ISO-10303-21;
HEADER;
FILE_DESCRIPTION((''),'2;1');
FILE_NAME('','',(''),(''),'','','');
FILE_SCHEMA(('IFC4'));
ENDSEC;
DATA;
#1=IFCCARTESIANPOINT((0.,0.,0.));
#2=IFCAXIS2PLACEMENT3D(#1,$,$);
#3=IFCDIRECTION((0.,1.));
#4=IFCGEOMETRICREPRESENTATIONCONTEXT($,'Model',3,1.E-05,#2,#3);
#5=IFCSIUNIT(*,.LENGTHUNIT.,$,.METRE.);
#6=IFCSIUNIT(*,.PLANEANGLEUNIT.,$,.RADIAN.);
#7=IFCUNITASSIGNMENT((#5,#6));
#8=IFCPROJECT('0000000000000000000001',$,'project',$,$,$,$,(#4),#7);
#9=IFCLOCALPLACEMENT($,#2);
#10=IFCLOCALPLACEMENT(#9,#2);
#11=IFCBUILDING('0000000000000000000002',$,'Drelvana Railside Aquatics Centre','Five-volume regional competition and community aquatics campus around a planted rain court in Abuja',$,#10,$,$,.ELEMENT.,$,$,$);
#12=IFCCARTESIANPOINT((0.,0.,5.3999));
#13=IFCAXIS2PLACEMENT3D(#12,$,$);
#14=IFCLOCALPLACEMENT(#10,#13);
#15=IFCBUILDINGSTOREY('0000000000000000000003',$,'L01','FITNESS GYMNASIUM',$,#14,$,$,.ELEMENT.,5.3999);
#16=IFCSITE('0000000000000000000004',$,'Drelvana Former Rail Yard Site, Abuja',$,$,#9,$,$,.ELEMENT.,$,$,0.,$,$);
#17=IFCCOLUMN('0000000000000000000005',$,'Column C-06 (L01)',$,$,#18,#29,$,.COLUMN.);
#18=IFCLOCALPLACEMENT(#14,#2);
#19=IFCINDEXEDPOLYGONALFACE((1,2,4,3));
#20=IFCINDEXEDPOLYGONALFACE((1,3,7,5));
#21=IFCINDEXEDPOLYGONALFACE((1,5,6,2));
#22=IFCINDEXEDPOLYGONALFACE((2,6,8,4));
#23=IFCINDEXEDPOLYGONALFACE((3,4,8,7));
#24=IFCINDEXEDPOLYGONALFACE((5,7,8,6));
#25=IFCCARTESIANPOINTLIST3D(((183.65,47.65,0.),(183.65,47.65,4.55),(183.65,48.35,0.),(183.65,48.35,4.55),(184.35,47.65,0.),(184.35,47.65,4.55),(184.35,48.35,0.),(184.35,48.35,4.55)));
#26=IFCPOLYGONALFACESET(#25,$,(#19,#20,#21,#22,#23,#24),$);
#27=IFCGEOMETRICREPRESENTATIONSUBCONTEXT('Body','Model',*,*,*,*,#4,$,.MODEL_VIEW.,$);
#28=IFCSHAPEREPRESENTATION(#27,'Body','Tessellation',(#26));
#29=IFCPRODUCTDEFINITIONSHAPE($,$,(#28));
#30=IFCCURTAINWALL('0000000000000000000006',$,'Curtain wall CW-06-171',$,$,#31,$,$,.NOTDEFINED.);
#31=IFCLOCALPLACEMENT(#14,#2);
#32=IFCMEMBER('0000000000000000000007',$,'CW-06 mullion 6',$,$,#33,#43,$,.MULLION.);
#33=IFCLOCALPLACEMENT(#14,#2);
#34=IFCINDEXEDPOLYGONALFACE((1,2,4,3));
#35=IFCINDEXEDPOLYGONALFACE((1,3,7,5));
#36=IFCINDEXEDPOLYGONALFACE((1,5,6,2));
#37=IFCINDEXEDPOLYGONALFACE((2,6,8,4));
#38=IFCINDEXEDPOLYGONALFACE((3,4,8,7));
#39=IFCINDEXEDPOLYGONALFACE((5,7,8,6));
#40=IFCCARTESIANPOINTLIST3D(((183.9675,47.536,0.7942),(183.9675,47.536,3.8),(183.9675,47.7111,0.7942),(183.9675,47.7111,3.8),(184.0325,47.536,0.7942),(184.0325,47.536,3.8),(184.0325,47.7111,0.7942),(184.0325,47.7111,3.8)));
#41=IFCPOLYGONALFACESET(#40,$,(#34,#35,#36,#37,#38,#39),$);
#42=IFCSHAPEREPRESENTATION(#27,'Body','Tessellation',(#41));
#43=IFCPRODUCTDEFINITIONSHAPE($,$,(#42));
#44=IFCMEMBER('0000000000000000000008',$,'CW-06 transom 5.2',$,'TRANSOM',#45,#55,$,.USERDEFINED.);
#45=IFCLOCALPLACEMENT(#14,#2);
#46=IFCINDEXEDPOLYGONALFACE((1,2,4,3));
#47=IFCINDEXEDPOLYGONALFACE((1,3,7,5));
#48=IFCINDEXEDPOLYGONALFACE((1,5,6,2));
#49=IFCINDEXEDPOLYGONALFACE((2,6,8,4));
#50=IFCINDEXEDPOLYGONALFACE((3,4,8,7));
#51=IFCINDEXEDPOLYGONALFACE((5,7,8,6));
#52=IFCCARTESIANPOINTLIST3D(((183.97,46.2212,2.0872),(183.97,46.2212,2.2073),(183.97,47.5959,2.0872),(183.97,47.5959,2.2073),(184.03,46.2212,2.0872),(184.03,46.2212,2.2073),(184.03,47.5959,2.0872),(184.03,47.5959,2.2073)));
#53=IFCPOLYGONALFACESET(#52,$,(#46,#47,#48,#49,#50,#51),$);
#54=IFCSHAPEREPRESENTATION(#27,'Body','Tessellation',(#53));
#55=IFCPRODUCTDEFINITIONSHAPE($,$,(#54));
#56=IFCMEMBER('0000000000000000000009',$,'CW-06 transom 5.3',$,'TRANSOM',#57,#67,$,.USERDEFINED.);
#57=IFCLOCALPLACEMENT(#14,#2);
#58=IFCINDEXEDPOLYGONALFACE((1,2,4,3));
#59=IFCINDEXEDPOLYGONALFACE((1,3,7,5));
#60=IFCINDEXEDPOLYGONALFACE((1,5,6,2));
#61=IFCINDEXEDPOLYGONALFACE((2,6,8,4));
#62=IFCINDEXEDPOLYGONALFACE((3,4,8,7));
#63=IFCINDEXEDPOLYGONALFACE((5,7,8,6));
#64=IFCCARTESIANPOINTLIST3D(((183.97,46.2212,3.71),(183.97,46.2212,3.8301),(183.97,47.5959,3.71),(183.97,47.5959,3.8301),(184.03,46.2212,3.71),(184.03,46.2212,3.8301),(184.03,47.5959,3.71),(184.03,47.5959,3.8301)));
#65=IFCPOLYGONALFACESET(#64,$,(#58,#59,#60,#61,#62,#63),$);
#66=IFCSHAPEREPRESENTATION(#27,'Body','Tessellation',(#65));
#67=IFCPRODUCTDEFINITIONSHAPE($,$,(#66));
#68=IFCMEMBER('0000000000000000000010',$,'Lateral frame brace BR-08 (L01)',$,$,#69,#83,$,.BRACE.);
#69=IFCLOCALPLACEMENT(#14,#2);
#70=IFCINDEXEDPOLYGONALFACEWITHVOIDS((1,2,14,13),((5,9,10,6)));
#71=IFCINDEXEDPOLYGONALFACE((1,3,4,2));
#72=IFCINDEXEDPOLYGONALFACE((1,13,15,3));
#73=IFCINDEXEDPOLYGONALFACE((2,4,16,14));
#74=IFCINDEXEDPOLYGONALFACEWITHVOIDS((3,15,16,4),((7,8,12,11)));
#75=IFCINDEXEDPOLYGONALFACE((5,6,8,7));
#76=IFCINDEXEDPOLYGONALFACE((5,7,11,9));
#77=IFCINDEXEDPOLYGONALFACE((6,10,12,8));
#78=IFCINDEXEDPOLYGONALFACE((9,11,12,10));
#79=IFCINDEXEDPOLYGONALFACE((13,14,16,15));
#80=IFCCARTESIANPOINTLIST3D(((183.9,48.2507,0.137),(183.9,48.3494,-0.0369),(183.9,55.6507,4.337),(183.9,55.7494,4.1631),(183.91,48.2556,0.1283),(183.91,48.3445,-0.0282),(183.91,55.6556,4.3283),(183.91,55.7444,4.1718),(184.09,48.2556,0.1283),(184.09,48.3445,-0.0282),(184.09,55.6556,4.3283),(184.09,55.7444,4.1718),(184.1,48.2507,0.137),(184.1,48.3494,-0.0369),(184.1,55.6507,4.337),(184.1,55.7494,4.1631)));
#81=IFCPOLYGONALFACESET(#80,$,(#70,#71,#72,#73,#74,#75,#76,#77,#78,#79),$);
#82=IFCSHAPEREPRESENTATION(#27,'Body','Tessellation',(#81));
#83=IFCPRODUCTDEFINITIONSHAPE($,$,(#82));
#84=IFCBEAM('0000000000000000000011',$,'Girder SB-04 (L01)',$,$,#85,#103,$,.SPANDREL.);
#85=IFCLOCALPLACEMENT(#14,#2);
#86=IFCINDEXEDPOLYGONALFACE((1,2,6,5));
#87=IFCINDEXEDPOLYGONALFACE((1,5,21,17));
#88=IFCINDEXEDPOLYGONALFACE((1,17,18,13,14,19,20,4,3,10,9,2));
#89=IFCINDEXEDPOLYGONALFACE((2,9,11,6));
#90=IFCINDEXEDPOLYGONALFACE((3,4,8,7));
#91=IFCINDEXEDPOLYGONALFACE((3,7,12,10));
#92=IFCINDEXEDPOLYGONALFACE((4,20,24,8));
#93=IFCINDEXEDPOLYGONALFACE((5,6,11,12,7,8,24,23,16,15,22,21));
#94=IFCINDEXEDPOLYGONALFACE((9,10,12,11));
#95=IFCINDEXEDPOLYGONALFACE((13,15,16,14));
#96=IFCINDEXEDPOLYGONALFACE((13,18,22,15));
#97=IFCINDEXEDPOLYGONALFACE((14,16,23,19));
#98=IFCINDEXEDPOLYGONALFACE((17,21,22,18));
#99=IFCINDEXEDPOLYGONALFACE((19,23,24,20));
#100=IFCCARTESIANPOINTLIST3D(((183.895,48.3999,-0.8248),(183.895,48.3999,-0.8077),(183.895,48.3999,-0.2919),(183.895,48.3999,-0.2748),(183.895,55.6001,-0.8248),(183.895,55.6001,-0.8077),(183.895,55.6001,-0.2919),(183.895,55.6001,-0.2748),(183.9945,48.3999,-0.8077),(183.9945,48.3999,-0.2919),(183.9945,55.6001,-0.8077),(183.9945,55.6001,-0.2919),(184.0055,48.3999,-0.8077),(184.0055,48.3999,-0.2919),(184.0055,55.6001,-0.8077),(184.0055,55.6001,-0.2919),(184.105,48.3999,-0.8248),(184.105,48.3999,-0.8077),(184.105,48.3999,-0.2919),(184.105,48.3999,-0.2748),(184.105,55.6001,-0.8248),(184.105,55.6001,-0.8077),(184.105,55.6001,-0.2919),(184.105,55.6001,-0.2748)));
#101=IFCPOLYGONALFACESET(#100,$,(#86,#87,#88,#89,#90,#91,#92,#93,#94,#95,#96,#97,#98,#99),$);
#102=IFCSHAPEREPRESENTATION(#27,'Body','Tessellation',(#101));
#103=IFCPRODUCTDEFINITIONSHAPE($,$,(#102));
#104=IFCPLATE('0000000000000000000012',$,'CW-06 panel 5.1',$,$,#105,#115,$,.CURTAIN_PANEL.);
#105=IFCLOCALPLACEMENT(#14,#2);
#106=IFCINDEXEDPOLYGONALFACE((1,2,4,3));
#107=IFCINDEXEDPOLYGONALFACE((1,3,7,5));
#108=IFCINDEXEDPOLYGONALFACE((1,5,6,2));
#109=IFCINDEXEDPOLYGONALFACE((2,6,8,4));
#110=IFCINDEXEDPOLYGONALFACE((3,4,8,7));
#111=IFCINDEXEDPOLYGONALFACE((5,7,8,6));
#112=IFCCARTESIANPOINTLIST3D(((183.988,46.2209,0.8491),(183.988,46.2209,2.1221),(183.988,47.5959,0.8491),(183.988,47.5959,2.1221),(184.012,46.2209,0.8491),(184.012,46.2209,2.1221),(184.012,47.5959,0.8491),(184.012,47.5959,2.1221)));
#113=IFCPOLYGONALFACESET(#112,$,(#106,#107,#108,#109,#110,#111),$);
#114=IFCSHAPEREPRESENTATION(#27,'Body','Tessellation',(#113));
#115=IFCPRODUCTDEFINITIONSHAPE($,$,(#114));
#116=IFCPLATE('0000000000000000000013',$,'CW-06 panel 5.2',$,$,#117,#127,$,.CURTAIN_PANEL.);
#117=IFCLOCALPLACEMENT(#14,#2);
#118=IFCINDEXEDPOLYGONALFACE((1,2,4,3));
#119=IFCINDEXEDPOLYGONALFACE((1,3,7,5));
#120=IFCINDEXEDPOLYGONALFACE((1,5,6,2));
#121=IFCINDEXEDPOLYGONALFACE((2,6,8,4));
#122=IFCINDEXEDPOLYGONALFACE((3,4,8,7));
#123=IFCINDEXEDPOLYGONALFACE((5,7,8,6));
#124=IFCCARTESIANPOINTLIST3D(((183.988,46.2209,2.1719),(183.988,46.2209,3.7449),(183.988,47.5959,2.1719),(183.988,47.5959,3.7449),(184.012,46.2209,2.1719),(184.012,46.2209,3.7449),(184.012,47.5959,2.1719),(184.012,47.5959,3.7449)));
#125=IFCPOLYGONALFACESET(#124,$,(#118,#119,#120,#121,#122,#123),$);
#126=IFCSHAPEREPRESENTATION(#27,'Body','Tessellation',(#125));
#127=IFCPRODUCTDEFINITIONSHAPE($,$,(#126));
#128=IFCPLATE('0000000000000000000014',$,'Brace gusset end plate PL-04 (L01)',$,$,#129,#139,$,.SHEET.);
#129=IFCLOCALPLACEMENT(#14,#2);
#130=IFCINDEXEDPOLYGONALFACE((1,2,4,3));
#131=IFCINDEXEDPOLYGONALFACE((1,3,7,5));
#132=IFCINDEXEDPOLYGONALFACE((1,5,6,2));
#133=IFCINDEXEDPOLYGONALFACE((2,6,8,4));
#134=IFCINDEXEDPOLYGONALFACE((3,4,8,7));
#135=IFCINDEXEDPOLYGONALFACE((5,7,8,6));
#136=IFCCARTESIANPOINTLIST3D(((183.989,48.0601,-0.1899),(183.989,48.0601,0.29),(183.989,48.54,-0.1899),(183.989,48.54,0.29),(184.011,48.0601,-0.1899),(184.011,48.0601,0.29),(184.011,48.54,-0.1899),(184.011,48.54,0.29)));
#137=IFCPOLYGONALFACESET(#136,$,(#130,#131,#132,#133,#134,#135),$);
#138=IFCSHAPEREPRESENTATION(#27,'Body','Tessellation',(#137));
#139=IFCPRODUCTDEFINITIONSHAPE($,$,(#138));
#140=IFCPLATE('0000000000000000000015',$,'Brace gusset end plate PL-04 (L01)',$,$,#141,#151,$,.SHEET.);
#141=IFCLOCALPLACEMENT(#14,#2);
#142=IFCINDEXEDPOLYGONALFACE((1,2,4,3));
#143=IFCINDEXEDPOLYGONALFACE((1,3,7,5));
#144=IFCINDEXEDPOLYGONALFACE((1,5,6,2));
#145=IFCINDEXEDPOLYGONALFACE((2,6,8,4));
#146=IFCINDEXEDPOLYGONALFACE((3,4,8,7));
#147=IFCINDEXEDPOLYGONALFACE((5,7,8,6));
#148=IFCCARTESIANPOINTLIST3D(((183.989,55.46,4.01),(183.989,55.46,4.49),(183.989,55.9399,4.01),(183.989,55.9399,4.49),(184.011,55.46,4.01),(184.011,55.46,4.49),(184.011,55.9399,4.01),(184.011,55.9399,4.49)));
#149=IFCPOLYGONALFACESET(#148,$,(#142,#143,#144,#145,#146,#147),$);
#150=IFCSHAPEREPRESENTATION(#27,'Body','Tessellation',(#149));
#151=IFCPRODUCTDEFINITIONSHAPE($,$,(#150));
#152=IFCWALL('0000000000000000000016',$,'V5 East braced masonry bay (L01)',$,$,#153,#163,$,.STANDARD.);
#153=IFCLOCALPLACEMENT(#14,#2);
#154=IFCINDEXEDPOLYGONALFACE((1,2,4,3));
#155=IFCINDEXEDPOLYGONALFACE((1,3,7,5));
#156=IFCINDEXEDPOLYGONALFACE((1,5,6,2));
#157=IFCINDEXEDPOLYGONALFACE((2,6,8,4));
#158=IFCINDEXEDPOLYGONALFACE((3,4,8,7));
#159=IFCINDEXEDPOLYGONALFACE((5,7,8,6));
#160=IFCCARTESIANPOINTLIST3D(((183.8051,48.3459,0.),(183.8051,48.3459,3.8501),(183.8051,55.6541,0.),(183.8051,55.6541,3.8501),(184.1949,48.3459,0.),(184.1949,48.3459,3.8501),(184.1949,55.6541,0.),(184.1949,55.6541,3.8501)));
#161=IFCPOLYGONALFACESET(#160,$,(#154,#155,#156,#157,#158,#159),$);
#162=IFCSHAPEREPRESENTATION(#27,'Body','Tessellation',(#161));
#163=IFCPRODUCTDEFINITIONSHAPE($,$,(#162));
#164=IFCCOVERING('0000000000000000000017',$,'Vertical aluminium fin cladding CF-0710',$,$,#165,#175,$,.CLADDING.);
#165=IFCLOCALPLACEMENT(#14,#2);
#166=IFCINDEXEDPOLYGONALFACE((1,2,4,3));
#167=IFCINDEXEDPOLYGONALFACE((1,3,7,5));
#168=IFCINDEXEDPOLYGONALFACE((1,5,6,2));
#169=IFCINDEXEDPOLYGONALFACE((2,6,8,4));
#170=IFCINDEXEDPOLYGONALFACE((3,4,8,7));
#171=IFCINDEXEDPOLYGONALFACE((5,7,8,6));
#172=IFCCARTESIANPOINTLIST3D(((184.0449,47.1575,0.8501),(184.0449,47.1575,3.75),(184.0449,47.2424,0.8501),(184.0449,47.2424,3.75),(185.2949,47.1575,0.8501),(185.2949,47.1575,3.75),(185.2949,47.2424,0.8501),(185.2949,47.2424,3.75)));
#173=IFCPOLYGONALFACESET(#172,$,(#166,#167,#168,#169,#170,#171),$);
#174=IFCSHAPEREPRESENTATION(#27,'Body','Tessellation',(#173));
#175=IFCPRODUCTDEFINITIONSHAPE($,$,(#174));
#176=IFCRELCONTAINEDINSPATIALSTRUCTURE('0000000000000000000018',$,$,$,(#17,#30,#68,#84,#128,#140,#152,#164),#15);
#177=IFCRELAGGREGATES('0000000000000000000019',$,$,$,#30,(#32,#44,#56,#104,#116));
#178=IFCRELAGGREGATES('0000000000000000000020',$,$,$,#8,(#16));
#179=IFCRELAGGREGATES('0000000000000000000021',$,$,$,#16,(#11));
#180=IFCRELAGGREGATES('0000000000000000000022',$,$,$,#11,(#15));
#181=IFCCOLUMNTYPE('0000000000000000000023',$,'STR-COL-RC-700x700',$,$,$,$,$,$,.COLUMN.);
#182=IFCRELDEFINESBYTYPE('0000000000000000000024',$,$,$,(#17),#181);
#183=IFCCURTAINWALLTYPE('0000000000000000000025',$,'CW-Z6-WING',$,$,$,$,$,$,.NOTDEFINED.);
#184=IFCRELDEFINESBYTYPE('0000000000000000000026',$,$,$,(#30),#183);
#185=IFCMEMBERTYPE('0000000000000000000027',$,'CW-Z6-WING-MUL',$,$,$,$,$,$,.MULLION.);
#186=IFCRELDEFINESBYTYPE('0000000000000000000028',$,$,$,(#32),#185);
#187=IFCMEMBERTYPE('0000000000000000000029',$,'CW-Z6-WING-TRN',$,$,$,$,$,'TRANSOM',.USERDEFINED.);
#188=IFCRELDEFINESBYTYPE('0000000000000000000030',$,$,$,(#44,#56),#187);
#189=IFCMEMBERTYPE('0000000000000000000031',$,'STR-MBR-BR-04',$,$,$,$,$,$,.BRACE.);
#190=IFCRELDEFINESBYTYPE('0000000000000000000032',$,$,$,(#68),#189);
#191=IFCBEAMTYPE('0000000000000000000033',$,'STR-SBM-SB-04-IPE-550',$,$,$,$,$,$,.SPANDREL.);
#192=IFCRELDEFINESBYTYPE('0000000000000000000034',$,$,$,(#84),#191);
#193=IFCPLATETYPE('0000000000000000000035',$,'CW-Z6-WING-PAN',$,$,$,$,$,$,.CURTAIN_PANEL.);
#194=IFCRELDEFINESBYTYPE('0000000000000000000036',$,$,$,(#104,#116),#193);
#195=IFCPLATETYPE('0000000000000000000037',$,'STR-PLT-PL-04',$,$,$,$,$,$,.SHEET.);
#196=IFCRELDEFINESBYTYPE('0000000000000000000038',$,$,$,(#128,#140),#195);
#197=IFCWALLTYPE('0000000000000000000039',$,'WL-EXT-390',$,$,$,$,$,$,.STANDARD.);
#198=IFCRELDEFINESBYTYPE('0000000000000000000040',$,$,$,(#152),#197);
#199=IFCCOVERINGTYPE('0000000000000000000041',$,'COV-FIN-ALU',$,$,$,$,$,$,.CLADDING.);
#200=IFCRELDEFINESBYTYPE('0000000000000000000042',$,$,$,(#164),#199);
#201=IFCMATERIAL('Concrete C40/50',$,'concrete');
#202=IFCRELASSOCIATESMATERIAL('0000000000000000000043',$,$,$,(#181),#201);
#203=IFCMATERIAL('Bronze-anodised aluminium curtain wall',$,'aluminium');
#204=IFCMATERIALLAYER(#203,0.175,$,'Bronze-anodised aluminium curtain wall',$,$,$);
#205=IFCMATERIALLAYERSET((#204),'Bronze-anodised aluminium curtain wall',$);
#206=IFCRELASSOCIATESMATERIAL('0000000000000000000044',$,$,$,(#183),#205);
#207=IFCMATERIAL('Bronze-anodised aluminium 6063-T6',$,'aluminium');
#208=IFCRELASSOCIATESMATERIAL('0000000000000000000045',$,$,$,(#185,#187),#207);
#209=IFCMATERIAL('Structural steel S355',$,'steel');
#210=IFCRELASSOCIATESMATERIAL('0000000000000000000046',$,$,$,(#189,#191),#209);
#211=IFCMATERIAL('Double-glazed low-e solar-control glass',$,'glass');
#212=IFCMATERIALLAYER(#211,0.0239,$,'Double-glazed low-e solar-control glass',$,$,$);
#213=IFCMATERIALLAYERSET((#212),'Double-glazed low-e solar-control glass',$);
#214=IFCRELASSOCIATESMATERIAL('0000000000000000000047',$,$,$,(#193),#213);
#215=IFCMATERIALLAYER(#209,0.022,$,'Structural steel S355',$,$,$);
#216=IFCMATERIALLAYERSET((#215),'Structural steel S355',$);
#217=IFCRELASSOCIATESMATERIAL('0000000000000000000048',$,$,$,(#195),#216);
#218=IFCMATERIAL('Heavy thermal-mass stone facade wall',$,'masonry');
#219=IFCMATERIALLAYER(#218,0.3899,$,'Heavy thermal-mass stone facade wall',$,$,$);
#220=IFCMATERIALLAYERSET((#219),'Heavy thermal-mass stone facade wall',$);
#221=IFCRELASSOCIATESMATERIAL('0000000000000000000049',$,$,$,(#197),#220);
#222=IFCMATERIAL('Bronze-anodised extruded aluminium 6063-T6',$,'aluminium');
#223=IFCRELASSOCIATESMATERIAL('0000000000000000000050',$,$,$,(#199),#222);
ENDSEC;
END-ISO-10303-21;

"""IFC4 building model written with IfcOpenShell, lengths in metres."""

from ifc_helpers import new_model, si_unit, direction, frame, frame_2d, origin, origin_2d, place, context, subcontext, project, spatial, rectangle, hollow_rectangle, i_section, extrude, material, layer, layer_set, material_profile, profile_set, type_object, element, aggregate, save


model = new_model("IFC4")

# Units and contexts
model_context = context("Model", 3, precision=1e-05, world=origin(), true_north=direction((0.0, 1.0)))
body_context = subcontext(model_context, "Body", "Model", "MODEL_VIEW")
ifc_project = project(units=[si_unit("LENGTHUNIT", "METRE"), si_unit("PLANEANGLEUNIT", "RADIAN")], contexts=[model_context])

# Site, building, storey
site_placement = place(None, origin())
site = spatial("IfcSite", under=ifc_project, at=site_placement, Name="Drelvana Former Rail Yard Site, Abuja", CompositionType="ELEMENT", RefElevation=0.0)
building_placement = place(site_placement, origin())
building = spatial("IfcBuilding", under=site, at=building_placement, Name="Drelvana Railside Aquatics Centre", Description="Five-volume regional competition and community aquatics campus around a planted rain court in Abuja", CompositionType="ELEMENT")
storey_placement = place(building_placement, frame((0.0, 0.0, 5.3999)))
storey = spatial("IfcBuildingStorey", under=building, at=storey_placement, Name="L01", Description="FITNESS GYMNASIUM", CompositionType="ELEMENT", Elevation=5.3999)

# Column
ifc_material_1 = material(Name="Concrete C40/50", Category="concrete")
ifc_material_profile_1 = material_profile(ifc_material_1, rectangle(XDim=0.7, YDim=0.7, at=origin_2d()), Name="RC 700x700")
ifc_profile_set_1 = profile_set([ifc_material_profile_1], Name="Concrete C40/50")
column_type = type_object("IfcColumnType", Name="STR-COL-RC-700x700", PredefinedType="COLUMN", material=ifc_profile_set_1)
column_placement = place(storey_placement, frame((184.0, 48.0, 0.0), z_axis=(0.0, 0.0, 1.0), x_axis=(1.0, 0.0, 0.0)))
element("IfcColumn", 1, at=column_placement, inside=storey, type_object=column_type, Name="Column C-06 (L01)", PredefinedType="COLUMN", context=body_context, shape_type="SweptSolid", body=[
    extrude(rectangle(XDim=0.7, YDim=0.7, at=origin_2d()), origin(), (0.0, 0.0, 1.0), 4.55),
])

# Curtain wall, members
ifc_material_2 = material(Name="Bronze-anodised aluminium curtain wall", Category="aluminium")
ifc_layer_1 = layer(ifc_material_2, 0.175, Name="Bronze-anodised aluminium curtain wall")
ifc_layer_set_1 = layer_set([ifc_layer_1], Name="Bronze-anodised aluminium curtain wall")
curtain_wall_type = type_object("IfcCurtainWallType", Name="CW-Z6-WING", PredefinedType="NOTDEFINED", material=ifc_layer_set_1)
curtain_wall_placement = place(storey_placement, origin())
curtain_wall = element("IfcCurtainWall", 2, at=curtain_wall_placement, inside=storey, type_object=curtain_wall_type, Name="Curtain wall CW-06-171", PredefinedType="NOTDEFINED")
ifc_material_3 = material(Name="Bronze-anodised aluminium 6063-T6", Category="aluminium")
ifc_material_profile_2 = material_profile(ifc_material_3, rectangle(XDim=0.0649, YDim=0.175, at=origin_2d()), Name="ALU-M 65x175")
ifc_profile_set_2 = profile_set([ifc_material_profile_2], Name="Bronze-anodised aluminium 6063-T6")
member_type_1 = type_object("IfcMemberType", Name="CW-Z6-WING-MUL", PredefinedType="MULLION", material=ifc_profile_set_2)
member_1_placement = place(storey_placement, frame((184.0, 47.6235, 0.7942), z_axis=(0.0, 0.0, 1.0), x_axis=(-1.0, 0.0, 0.0)))
member_1 = element("IfcMember", 3, at=member_1_placement, type_object=member_type_1, Name="CW-06 mullion 6", PredefinedType="MULLION", context=body_context, shape_type="SweptSolid", body=[
    extrude(rectangle(XDim=0.0649, YDim=0.175, at=origin_2d()), origin(), (0.0, 0.0, 1.0), 3.0059),
])
ifc_material_profile_3 = material_profile(ifc_material_3, rectangle(XDim=0.1201, YDim=0.0601, at=origin_2d()), Name="ALU-T 60x120")
ifc_profile_set_3 = profile_set([ifc_material_profile_3], Name="Bronze-anodised aluminium 6063-T6")
member_type_2 = type_object("IfcMemberType", Name="CW-Z6-WING-TRN", ElementType="TRANSOM", PredefinedType="USERDEFINED", material=ifc_profile_set_3)
member_2_placement = place(storey_placement, frame((184.0, 46.2212, 2.1472), z_axis=(0.0, 1.0, 0.0), x_axis=(0.0, 0.0, 1.0)))
member_2 = element("IfcMember", 4, at=member_2_placement, type_object=member_type_2, Name="CW-06 transom 5.2", ObjectType="TRANSOM", PredefinedType="USERDEFINED", context=body_context, shape_type="SweptSolid", body=[
    extrude(rectangle(XDim=0.1201, YDim=0.0601, at=origin_2d()), origin(), (0.0, 0.0, 1.0), 1.3748),
])
member_3_placement = place(storey_placement, frame((184.0, 46.2212, 3.77), z_axis=(0.0, 1.0, 0.0), x_axis=(0.0, 0.0, 1.0)))
member_3 = element("IfcMember", 5, at=member_3_placement, type_object=member_type_2, Name="CW-06 transom 5.3", ObjectType="TRANSOM", PredefinedType="USERDEFINED", context=body_context, shape_type="SweptSolid", body=[
    extrude(rectangle(XDim=0.1201, YDim=0.0601, at=origin_2d()), origin(), (0.0, 0.0, 1.0), 1.3748),
])

# Member
ifc_material_4 = material(Name="Structural steel S355", Category="steel")
ifc_material_profile_4 = material_profile(ifc_material_4, hollow_rectangle(XDim=0.2, YDim=0.2, WallThickness=0.01, at=origin_2d()), Name="SHS 200x200x10")
ifc_profile_set_4 = profile_set([ifc_material_profile_4], Name="Structural steel S355")
member_type_3 = type_object("IfcMemberType", Name="STR-MBR-BR-04", PredefinedType="BRACE", material=ifc_profile_set_4)
member_4_placement = place(storey_placement, frame((184.0, 48.3, 0.05), z_axis=(0.0, 0.869686, 0.493606), x_axis=(-1.0, 0.0, 0.0)))
element("IfcMember", 6, at=member_4_placement, inside=storey, type_object=member_type_3, Name="Lateral frame brace BR-08 (L01)", PredefinedType="BRACE", context=body_context, shape_type="SweptSolid", body=[
    extrude(hollow_rectangle(XDim=0.2, YDim=0.2, WallThickness=0.01, at=origin_2d()), origin(), (0.0, 0.0, 1.0), 8.5088),
])

# Beam
ifc_material_profile_5 = material_profile(ifc_material_4, i_section(OverallWidth=0.21, OverallDepth=0.55, WebThickness=0.011, FlangeThickness=0.0171, at=origin_2d()), Name="IPE 550")
ifc_profile_set_5 = profile_set([ifc_material_profile_5], Name="Structural steel S355")
beam_type = type_object("IfcBeamType", Name="STR-SBM-SB-04-IPE-550", PredefinedType="SPANDREL", material=ifc_profile_set_5)
beam_placement = place(storey_placement, frame((184.0, 48.3999, -0.5498), z_axis=(0.0, 1.0, 0.0), x_axis=(-1.0, 0.0, 0.0)))
element("IfcBeam", 7, at=beam_placement, inside=storey, type_object=beam_type, Name="Girder SB-04 (L01)", PredefinedType="SPANDREL", context=body_context, shape_type="SweptSolid", body=[
    extrude(i_section(OverallWidth=0.21, OverallDepth=0.55, WebThickness=0.011, FlangeThickness=0.0171, at=origin_2d()), origin(), (0.0, 0.0, 1.0), 7.2002),
])

# Plates
ifc_material_5 = material(Name="Double-glazed low-e solar-control glass", Category="glass")
ifc_layer_2 = layer(ifc_material_5, 0.0239, Name="Double-glazed low-e solar-control glass")
ifc_layer_set_2 = layer_set([ifc_layer_2], Name="Double-glazed low-e solar-control glass")
plate_type_1 = type_object("IfcPlateType", Name="CW-Z6-WING-PAN", PredefinedType="CURTAIN_PANEL", material=ifc_layer_set_2)
plate_1_placement = place(storey_placement, frame((184.0, 46.9084, 0.8491), z_axis=(0.0, 0.0, 1.0), x_axis=(0.0, 1.0, 0.0)))
plate_1 = element("IfcPlate", 8, at=plate_1_placement, type_object=plate_type_1, Name="CW-06 panel 5.1", PredefinedType="CURTAIN_PANEL", context=body_context, shape_type="SweptSolid", body=[
    extrude(rectangle(XDim=1.375, YDim=0.0239, at=origin_2d()), origin(), (0.0, 0.0, 1.0), 1.2729),
])
plate_2_placement = place(storey_placement, frame((184.0, 46.9084, 2.1719), z_axis=(0.0, 0.0, 1.0), x_axis=(0.0, 1.0, 0.0)))
plate_2 = element("IfcPlate", 9, at=plate_2_placement, type_object=plate_type_1, Name="CW-06 panel 5.2", PredefinedType="CURTAIN_PANEL", context=body_context, shape_type="SweptSolid", body=[
    extrude(rectangle(XDim=1.375, YDim=0.0239, at=origin_2d()), origin(), (0.0, 0.0, 1.0), 1.573),
])
aggregate(curtain_wall, [member_1, member_2, member_3, plate_1, plate_2])

# Plates
ifc_layer_3 = layer(ifc_material_4, 0.022, Name="Structural steel S355")
ifc_layer_set_3 = layer_set([ifc_layer_3], Name="Structural steel S355")
plate_type_2 = type_object("IfcPlateType", Name="STR-PLT-PL-04", PredefinedType="SHEET", material=ifc_layer_set_3)
for number, where, z_axis, x_axis, name in (
    (10, (184.0, 48.3, -0.1899), (0.0, 0.0, 1.0), (1.0, 0.0, 0.0), "Brace gusset end plate PL-04 (L01)"),
    (11, (184.0, 55.7, 4.01), (0.0, 0.0, 1.0), (1.0, 0.0, 0.0), "Brace gusset end plate PL-04 (L01)"),
):
    element("IfcPlate", number, at=place(storey_placement, frame(where, z_axis=z_axis, x_axis=x_axis)), inside=storey, type_object=plate_type_2, Name=name, PredefinedType="SHEET", context=body_context, shape_type="SweptSolid", body=[
        extrude(rectangle(XDim=0.022, YDim=0.48, at=origin_2d()), origin(), (0.0, 0.0, 1.0), 0.48),
    ])

# Wall
ifc_material_6 = material(Name="Heavy thermal-mass stone facade wall", Category="masonry")
ifc_layer_4 = layer(ifc_material_6, 0.3899, Name="Heavy thermal-mass stone facade wall")
ifc_layer_set_4 = layer_set([ifc_layer_4], Name="Heavy thermal-mass stone facade wall")
wall_type = type_object("IfcWallType", Name="WL-EXT-390", PredefinedType="STANDARD", material=ifc_layer_set_4)
wall_placement = place(storey_placement, frame((184.0, 48.3459, 0.0), z_axis=(0.0, 0.0, 1.0), x_axis=(0.0, 1.0, 0.0)))
element("IfcWall", 12, at=wall_placement, inside=storey, type_object=wall_type, Name="V5 East braced masonry bay (L01)", PredefinedType="STANDARD", context=body_context, shape_type="SweptSolid", body=[
    extrude(rectangle(XDim=7.3081, YDim=0.3899, at=frame_2d((3.6541, 0.0))), origin(), (0.0, 0.0, 1.0), 3.8501),
])

# Covering
ifc_material_7 = material(Name="Bronze-anodised extruded aluminium 6063-T6", Category="aluminium")
covering_type = type_object("IfcCoveringType", Name="COV-FIN-ALU", PredefinedType="CLADDING", material=ifc_material_7)
covering_placement = place(storey_placement, frame((184.6699, 47.2, 0.8501), z_axis=(0.0, 0.0, 1.0), x_axis=(0.0, -1.0, 0.0)))
element("IfcCovering", 13, at=covering_placement, inside=storey, type_object=covering_type, Name="Vertical aluminium fin cladding CF-0710", PredefinedType="CLADDING", context=body_context, shape_type="SweptSolid", body=[
    extrude(rectangle(XDim=0.085, YDim=1.25, at=origin_2d()), origin(), (0.0, 0.0, 1.0), 2.8999),
])

save(model, "model.ifc")
